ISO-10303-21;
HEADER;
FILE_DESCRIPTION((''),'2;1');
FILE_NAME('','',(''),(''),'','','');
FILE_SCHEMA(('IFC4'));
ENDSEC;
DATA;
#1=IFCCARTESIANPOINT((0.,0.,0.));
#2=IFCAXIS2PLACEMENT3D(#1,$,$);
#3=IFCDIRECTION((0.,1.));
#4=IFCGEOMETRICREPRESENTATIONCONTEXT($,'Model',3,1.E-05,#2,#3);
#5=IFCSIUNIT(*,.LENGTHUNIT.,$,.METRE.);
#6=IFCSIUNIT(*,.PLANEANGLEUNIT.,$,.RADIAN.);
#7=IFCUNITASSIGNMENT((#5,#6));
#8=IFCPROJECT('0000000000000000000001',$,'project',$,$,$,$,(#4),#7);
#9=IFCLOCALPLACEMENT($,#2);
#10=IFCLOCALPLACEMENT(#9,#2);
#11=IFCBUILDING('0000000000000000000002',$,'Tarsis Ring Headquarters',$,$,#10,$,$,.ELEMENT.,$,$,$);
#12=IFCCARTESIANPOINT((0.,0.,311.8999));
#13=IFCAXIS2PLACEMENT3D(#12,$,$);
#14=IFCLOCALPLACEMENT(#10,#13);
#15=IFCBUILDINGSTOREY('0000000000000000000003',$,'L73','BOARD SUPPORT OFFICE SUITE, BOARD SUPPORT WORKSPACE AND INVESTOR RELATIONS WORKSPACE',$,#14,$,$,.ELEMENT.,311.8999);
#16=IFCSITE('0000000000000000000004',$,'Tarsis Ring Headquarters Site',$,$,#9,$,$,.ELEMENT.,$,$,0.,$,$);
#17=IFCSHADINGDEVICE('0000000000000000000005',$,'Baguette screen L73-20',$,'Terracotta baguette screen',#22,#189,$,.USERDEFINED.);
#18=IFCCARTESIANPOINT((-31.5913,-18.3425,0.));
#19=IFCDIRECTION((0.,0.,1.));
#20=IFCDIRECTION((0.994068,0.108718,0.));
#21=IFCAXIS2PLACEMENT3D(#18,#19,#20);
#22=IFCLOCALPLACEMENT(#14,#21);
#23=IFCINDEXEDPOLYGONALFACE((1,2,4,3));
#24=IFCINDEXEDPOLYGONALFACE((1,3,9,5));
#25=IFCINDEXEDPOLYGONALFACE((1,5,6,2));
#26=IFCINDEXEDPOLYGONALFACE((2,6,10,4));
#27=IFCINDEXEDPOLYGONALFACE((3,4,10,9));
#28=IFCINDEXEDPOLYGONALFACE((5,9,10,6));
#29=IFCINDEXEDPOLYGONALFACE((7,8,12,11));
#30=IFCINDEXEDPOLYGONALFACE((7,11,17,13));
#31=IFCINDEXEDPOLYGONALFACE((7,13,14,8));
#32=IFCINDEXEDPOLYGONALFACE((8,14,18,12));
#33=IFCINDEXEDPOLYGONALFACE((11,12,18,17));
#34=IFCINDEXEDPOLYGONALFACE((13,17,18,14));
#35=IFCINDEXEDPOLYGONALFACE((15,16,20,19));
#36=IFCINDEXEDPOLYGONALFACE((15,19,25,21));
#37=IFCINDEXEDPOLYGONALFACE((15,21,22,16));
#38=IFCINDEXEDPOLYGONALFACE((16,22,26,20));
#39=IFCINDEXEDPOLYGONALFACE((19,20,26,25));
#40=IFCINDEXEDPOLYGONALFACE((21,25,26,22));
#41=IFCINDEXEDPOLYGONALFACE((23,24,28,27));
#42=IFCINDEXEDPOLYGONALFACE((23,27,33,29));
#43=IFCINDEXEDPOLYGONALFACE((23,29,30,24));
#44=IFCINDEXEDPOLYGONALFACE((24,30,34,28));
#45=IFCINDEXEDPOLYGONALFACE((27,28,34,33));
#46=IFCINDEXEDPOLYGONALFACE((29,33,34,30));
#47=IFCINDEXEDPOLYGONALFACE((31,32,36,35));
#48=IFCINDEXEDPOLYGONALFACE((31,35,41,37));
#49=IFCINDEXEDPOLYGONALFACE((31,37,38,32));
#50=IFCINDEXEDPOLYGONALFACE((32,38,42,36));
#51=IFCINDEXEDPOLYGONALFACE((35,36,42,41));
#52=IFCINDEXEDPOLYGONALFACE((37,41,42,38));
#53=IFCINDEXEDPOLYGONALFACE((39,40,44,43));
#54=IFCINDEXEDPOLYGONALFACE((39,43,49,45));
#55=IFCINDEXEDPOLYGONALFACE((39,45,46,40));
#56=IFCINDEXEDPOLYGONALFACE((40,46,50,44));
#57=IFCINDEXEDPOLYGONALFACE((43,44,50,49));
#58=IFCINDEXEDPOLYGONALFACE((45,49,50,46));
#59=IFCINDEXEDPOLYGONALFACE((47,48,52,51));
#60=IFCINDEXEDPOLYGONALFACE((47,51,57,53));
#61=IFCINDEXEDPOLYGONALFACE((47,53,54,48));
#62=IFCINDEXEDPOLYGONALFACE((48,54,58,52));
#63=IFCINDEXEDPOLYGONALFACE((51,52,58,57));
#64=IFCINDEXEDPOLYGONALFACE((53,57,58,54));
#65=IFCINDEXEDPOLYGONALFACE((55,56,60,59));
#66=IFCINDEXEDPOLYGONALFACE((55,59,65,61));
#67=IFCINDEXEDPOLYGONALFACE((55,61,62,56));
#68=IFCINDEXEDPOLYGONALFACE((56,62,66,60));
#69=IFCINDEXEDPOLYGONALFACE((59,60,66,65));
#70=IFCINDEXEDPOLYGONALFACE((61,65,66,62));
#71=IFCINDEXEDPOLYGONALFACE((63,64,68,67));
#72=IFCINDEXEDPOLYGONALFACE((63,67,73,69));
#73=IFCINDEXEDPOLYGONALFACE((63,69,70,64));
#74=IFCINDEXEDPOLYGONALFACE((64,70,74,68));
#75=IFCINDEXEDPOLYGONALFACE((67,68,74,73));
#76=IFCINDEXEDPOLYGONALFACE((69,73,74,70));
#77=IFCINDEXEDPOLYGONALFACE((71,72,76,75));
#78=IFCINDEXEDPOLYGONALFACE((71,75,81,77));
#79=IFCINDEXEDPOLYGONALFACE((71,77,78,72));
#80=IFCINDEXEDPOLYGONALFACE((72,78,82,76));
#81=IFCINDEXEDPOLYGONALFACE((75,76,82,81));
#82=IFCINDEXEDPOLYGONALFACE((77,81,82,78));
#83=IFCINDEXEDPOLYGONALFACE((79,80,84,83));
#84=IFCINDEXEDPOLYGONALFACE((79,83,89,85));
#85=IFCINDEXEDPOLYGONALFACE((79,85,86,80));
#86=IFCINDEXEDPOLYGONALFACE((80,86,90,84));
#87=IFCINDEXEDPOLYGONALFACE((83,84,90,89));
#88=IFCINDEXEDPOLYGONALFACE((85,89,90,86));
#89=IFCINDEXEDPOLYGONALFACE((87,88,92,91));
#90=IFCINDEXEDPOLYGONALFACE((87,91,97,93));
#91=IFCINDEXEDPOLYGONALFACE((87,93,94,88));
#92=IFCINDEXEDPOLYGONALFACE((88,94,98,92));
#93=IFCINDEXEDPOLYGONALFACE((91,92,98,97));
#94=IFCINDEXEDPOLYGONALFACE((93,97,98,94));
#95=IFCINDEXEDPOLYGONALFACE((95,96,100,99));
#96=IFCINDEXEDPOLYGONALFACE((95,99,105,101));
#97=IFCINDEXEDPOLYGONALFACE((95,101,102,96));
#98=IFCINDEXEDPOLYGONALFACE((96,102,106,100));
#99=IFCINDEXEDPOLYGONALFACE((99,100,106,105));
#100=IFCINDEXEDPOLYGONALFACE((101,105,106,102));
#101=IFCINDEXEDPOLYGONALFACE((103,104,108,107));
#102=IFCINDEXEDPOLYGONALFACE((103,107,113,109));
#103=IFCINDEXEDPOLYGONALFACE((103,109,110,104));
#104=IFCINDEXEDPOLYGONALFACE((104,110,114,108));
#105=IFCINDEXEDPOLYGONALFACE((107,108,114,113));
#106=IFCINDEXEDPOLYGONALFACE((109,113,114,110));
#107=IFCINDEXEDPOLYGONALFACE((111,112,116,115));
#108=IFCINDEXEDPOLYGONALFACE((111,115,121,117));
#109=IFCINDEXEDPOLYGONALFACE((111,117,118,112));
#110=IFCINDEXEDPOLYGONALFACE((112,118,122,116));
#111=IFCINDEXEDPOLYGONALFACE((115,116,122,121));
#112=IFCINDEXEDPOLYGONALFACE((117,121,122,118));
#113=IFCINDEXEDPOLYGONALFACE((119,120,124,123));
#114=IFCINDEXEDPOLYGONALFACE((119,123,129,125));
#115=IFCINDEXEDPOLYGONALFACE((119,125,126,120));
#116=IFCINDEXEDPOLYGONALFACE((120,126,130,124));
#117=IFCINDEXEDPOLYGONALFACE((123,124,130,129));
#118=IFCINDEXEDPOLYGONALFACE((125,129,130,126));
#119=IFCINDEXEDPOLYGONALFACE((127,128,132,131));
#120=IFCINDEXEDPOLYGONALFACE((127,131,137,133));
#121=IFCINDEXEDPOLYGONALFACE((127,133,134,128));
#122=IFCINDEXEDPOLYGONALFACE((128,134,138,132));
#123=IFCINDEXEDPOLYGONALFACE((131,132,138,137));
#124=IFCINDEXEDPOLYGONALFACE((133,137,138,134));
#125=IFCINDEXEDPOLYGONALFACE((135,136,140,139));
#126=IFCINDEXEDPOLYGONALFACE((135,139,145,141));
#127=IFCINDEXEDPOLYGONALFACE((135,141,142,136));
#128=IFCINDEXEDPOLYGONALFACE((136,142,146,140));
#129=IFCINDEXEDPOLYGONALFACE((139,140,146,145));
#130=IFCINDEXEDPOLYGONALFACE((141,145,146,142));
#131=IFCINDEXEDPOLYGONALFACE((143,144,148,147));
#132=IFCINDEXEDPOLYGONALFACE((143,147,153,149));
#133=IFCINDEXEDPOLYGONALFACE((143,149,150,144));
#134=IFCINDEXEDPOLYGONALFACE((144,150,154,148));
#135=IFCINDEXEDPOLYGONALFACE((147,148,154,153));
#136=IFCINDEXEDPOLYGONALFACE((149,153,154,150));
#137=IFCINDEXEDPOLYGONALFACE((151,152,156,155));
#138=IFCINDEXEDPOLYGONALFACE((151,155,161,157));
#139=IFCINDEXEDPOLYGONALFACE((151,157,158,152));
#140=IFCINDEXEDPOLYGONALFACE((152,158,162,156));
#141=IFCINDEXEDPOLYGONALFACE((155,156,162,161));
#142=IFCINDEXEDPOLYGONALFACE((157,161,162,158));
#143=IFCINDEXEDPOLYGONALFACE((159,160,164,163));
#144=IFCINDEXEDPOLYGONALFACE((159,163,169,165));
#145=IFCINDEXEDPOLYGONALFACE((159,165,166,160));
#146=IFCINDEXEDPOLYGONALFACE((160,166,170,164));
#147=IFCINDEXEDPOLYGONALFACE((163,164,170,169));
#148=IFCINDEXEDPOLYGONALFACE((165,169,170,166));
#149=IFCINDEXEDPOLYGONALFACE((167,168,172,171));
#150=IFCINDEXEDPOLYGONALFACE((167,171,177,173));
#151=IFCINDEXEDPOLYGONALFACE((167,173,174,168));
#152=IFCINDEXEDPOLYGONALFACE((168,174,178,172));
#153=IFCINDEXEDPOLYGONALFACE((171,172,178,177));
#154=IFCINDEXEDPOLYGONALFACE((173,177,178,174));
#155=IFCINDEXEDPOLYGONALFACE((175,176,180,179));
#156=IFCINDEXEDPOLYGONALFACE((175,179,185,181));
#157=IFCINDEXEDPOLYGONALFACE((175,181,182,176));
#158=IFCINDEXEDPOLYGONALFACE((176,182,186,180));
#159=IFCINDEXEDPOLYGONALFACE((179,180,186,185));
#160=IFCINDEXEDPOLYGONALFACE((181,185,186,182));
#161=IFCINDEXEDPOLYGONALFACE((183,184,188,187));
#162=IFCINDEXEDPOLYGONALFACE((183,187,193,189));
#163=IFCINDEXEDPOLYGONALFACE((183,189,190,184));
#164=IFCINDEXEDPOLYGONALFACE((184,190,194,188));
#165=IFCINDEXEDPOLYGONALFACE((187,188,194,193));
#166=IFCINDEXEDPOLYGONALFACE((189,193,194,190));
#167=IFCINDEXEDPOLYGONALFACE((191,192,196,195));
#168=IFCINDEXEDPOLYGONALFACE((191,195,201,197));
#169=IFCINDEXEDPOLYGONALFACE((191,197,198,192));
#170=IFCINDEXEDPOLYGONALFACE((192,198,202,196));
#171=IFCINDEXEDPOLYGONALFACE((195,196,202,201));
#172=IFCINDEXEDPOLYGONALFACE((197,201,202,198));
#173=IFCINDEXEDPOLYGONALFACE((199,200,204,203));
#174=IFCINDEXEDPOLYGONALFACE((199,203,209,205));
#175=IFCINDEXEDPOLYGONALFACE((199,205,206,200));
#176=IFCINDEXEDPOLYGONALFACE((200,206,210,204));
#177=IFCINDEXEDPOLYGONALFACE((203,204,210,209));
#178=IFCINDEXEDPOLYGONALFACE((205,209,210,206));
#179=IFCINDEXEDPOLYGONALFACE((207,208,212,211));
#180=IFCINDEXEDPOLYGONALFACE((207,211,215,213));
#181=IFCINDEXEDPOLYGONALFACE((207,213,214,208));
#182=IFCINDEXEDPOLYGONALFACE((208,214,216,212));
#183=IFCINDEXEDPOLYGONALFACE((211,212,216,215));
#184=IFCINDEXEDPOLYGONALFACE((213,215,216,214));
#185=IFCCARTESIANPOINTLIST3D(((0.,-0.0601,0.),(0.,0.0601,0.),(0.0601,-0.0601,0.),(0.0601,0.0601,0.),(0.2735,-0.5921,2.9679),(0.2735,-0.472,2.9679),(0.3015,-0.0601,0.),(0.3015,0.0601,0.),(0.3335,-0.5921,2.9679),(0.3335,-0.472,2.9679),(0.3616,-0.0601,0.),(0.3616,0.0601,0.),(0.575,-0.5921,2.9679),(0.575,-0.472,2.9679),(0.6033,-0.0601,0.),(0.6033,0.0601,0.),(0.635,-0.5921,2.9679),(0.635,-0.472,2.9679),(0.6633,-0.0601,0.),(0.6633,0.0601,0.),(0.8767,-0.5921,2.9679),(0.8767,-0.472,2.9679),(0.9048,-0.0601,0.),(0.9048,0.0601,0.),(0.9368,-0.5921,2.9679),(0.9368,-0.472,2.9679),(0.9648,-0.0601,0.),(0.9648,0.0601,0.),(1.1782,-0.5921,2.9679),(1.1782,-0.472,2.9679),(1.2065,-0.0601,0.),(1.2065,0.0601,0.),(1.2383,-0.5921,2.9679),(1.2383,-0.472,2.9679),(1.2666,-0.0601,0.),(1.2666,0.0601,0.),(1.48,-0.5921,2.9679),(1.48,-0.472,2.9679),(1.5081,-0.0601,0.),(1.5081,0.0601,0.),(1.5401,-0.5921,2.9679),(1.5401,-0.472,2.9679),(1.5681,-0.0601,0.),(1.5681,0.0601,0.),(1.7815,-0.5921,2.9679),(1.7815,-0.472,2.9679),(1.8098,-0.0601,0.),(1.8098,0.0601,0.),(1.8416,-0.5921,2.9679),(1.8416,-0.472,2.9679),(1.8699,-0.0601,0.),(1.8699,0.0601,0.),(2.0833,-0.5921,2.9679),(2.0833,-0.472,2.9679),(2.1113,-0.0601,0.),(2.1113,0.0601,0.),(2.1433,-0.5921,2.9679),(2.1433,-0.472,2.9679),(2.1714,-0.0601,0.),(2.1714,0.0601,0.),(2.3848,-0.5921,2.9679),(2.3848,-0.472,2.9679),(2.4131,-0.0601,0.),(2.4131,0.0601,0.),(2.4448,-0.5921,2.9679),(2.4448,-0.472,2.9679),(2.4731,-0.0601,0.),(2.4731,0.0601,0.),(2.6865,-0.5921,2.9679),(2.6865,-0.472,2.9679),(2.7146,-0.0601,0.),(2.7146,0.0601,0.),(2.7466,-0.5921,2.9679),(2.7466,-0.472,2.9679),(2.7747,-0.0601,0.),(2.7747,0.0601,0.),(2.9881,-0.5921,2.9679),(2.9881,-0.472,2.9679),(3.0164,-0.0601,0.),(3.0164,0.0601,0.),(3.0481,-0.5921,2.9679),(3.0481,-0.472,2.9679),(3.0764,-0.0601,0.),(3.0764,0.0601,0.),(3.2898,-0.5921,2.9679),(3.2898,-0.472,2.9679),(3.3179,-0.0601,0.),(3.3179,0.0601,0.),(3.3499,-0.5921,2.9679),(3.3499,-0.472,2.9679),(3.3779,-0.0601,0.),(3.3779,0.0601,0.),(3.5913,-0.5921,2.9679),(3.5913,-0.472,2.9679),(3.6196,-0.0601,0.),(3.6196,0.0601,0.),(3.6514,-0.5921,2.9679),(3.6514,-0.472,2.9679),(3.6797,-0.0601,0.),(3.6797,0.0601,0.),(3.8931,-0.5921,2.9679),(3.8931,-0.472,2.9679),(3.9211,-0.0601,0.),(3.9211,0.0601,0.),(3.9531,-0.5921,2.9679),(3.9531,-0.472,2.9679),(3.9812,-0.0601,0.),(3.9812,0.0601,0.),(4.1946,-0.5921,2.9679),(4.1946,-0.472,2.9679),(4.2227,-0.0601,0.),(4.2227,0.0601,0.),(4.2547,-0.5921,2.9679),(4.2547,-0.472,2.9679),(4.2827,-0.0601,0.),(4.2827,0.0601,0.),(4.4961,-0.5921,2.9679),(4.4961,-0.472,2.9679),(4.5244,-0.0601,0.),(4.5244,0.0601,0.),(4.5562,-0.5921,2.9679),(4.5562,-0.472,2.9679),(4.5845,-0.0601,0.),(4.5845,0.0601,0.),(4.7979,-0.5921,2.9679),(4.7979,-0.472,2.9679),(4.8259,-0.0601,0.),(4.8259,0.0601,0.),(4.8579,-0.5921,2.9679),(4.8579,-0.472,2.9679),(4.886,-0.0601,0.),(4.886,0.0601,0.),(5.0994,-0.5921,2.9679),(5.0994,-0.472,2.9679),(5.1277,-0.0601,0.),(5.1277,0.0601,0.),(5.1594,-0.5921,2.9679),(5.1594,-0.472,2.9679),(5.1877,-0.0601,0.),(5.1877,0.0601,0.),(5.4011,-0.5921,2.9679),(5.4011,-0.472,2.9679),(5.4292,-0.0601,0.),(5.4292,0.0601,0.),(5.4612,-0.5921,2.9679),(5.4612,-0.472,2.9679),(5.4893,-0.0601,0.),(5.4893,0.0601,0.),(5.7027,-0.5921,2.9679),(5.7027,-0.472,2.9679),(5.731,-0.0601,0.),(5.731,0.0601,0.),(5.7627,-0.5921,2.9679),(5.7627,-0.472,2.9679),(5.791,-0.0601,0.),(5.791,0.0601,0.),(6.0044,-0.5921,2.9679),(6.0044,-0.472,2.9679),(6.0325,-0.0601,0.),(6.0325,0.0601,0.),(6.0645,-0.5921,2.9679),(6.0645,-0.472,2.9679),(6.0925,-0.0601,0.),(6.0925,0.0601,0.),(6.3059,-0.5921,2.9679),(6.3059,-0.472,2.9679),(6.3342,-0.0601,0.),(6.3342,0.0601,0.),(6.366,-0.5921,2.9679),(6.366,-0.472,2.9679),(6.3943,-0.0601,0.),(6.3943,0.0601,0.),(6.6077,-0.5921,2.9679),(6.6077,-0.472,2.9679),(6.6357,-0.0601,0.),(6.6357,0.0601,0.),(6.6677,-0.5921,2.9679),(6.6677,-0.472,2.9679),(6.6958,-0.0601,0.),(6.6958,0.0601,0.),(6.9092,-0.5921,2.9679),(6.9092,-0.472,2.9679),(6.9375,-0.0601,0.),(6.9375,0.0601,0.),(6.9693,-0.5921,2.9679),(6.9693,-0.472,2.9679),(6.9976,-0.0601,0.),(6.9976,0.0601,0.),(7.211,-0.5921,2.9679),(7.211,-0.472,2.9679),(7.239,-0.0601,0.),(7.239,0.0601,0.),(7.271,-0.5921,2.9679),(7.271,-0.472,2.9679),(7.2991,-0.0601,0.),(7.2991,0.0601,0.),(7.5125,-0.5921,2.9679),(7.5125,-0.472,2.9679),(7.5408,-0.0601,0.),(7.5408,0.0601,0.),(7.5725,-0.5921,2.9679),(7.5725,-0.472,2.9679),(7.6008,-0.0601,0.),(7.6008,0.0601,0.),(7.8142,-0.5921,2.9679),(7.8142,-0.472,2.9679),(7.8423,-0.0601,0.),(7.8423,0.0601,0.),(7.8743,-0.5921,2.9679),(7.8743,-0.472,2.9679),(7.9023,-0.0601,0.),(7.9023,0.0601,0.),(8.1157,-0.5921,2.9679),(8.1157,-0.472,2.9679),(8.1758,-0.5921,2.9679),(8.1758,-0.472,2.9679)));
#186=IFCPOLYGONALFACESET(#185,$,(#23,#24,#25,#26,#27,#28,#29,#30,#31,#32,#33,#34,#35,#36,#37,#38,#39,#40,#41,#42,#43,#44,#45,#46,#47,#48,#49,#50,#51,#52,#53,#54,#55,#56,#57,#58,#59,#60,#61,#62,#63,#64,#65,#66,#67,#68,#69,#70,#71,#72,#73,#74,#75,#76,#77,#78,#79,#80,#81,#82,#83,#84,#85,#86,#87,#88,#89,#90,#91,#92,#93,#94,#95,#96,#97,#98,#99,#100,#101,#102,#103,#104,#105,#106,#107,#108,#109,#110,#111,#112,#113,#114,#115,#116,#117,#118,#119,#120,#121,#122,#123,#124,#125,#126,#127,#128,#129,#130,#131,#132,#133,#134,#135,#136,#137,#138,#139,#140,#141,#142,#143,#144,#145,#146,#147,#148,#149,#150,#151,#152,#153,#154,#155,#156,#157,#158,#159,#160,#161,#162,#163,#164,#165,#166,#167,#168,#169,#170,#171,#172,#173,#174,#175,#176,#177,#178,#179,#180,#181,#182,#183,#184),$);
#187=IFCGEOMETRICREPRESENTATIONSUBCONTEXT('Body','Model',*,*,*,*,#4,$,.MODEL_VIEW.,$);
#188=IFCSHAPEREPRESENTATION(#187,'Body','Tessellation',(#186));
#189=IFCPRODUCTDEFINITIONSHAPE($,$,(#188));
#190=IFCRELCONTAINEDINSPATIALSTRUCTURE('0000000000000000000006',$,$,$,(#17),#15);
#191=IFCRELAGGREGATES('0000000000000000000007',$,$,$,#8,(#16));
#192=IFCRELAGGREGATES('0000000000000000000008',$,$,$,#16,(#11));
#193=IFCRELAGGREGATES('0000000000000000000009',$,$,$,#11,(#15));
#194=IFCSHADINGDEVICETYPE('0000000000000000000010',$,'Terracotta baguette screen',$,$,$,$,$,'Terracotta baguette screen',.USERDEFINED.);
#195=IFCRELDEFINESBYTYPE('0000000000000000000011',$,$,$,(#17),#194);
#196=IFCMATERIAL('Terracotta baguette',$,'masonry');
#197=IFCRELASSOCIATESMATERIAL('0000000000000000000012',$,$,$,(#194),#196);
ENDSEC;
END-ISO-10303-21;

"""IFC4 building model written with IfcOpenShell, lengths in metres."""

from ifc_helpers import new_model, si_unit, direction, frame, frame_2d, origin, place, context, subcontext, project, spatial, rectangle, composite_profile, extrude, material, type_object, element, save


model = new_model("IFC4")

# Units and contexts
model_context = context("Model", 3, precision=1e-05, world=origin(), true_north=direction((0.0, 1.0)))
body_context = subcontext(model_context, "Body", "Model", "MODEL_VIEW")
ifc_project = project(units=[si_unit("LENGTHUNIT", "METRE"), si_unit("PLANEANGLEUNIT", "RADIAN")], contexts=[model_context])

# Site, building, storey
site_placement = place(None, origin())
site = spatial("IfcSite", under=ifc_project, at=site_placement, Name="Tarsis Ring Headquarters Site", CompositionType="ELEMENT", RefElevation=0.0)
building_placement = place(site_placement, origin())
building = spatial("IfcBuilding", under=site, at=building_placement, Name="Tarsis Ring Headquarters", CompositionType="ELEMENT")
storey_placement = place(building_placement, frame((0.0, 0.0, 311.8999)))
storey = spatial("IfcBuildingStorey", under=building, at=storey_placement, Name="L73", Description="BOARD SUPPORT OFFICE SUITE, BOARD SUPPORT WORKSPACE AND INVESTOR RELATIONS WORKSPACE", CompositionType="ELEMENT", Elevation=311.8999)

# Shading device
ifc_material_1 = material(Name="Terracotta baguette", Category="masonry")
shading_device_type_1 = type_object("IfcShadingDeviceType", Name="Terracotta baguette screen", ElementType="Terracotta baguette screen", PredefinedType="USERDEFINED", material=ifc_material_1)
shading_device_1_placement = place(storey_placement, frame((-31.5913, -18.3425, 0.0), z_axis=(0.0, 0.0, 1.0), x_axis=(0.994068, 0.108718, 0.0)))
element("IfcShadingDevice", 1, at=shading_device_1_placement, inside=storey, type_object=shading_device_type_1, Name="Baguette screen L73-20", ObjectType="Terracotta baguette screen", PredefinedType="USERDEFINED", context=body_context, shape_type="SweptSolid", body=[
    extrude(composite_profile([rectangle(XDim=0.0601, YDim=0.1201, at=frame_2d((0.03, 0.0))), rectangle(XDim=0.0601, YDim=0.1201, at=frame_2d((0.3315, 0.0))), rectangle(XDim=0.0601, YDim=0.1201, at=frame_2d((0.6333, 0.0))), rectangle(XDim=0.0601, YDim=0.1201, at=frame_2d((0.9348, 0.0))), rectangle(XDim=0.0601, YDim=0.1201, at=frame_2d((1.2366, 0.0))), rectangle(XDim=0.0601, YDim=0.1201, at=frame_2d((1.5381, 0.0))), rectangle(XDim=0.0601, YDim=0.1201, at=frame_2d((1.8398, 0.0))), rectangle(XDim=0.0601, YDim=0.1201, at=frame_2d((2.1414, 0.0))), rectangle(XDim=0.0601, YDim=0.1201, at=frame_2d((2.4431, 0.0))), rectangle(XDim=0.0601, YDim=0.1201, at=frame_2d((2.7446, 0.0))), rectangle(XDim=0.0601, YDim=0.1201, at=frame_2d((3.0464, 0.0))), rectangle(XDim=0.0601, YDim=0.1201, at=frame_2d((3.3479, 0.0))), rectangle(XDim=0.0601, YDim=0.1201, at=frame_2d((3.6497, 0.0))), rectangle(XDim=0.0601, YDim=0.1201, at=frame_2d((3.9512, 0.0))), rectangle(XDim=0.0601, YDim=0.1201, at=frame_2d((4.2527, 0.0))), rectangle(XDim=0.0601, YDim=0.1201, at=frame_2d((4.5544, 0.0))), rectangle(XDim=0.0601, YDim=0.1201, at=frame_2d((4.856, 0.0))), rectangle(XDim=0.0601, YDim=0.1201, at=frame_2d((5.1577, 0.0))), rectangle(XDim=0.0601, YDim=0.1201, at=frame_2d((5.4592, 0.0))), rectangle(XDim=0.0601, YDim=0.1201, at=frame_2d((5.761, 0.0))), rectangle(XDim=0.0601, YDim=0.1201, at=frame_2d((6.0625, 0.0))), rectangle(XDim=0.0601, YDim=0.1201, at=frame_2d((6.3643, 0.0))), rectangle(XDim=0.0601, YDim=0.1201, at=frame_2d((6.6658, 0.0))), rectangle(XDim=0.0601, YDim=0.1201, at=frame_2d((6.9675, 0.0))), rectangle(XDim=0.0601, YDim=0.1201, at=frame_2d((7.269, 0.0))), rectangle(XDim=0.0601, YDim=0.1201, at=frame_2d((7.5708, 0.0))), rectangle(XDim=0.0601, YDim=0.1201, at=frame_2d((7.8723, 0.0)))]), origin(), (0.09032, -0.175722, 0.980288), 3.0276),
])

save(model, "model.ifc")
